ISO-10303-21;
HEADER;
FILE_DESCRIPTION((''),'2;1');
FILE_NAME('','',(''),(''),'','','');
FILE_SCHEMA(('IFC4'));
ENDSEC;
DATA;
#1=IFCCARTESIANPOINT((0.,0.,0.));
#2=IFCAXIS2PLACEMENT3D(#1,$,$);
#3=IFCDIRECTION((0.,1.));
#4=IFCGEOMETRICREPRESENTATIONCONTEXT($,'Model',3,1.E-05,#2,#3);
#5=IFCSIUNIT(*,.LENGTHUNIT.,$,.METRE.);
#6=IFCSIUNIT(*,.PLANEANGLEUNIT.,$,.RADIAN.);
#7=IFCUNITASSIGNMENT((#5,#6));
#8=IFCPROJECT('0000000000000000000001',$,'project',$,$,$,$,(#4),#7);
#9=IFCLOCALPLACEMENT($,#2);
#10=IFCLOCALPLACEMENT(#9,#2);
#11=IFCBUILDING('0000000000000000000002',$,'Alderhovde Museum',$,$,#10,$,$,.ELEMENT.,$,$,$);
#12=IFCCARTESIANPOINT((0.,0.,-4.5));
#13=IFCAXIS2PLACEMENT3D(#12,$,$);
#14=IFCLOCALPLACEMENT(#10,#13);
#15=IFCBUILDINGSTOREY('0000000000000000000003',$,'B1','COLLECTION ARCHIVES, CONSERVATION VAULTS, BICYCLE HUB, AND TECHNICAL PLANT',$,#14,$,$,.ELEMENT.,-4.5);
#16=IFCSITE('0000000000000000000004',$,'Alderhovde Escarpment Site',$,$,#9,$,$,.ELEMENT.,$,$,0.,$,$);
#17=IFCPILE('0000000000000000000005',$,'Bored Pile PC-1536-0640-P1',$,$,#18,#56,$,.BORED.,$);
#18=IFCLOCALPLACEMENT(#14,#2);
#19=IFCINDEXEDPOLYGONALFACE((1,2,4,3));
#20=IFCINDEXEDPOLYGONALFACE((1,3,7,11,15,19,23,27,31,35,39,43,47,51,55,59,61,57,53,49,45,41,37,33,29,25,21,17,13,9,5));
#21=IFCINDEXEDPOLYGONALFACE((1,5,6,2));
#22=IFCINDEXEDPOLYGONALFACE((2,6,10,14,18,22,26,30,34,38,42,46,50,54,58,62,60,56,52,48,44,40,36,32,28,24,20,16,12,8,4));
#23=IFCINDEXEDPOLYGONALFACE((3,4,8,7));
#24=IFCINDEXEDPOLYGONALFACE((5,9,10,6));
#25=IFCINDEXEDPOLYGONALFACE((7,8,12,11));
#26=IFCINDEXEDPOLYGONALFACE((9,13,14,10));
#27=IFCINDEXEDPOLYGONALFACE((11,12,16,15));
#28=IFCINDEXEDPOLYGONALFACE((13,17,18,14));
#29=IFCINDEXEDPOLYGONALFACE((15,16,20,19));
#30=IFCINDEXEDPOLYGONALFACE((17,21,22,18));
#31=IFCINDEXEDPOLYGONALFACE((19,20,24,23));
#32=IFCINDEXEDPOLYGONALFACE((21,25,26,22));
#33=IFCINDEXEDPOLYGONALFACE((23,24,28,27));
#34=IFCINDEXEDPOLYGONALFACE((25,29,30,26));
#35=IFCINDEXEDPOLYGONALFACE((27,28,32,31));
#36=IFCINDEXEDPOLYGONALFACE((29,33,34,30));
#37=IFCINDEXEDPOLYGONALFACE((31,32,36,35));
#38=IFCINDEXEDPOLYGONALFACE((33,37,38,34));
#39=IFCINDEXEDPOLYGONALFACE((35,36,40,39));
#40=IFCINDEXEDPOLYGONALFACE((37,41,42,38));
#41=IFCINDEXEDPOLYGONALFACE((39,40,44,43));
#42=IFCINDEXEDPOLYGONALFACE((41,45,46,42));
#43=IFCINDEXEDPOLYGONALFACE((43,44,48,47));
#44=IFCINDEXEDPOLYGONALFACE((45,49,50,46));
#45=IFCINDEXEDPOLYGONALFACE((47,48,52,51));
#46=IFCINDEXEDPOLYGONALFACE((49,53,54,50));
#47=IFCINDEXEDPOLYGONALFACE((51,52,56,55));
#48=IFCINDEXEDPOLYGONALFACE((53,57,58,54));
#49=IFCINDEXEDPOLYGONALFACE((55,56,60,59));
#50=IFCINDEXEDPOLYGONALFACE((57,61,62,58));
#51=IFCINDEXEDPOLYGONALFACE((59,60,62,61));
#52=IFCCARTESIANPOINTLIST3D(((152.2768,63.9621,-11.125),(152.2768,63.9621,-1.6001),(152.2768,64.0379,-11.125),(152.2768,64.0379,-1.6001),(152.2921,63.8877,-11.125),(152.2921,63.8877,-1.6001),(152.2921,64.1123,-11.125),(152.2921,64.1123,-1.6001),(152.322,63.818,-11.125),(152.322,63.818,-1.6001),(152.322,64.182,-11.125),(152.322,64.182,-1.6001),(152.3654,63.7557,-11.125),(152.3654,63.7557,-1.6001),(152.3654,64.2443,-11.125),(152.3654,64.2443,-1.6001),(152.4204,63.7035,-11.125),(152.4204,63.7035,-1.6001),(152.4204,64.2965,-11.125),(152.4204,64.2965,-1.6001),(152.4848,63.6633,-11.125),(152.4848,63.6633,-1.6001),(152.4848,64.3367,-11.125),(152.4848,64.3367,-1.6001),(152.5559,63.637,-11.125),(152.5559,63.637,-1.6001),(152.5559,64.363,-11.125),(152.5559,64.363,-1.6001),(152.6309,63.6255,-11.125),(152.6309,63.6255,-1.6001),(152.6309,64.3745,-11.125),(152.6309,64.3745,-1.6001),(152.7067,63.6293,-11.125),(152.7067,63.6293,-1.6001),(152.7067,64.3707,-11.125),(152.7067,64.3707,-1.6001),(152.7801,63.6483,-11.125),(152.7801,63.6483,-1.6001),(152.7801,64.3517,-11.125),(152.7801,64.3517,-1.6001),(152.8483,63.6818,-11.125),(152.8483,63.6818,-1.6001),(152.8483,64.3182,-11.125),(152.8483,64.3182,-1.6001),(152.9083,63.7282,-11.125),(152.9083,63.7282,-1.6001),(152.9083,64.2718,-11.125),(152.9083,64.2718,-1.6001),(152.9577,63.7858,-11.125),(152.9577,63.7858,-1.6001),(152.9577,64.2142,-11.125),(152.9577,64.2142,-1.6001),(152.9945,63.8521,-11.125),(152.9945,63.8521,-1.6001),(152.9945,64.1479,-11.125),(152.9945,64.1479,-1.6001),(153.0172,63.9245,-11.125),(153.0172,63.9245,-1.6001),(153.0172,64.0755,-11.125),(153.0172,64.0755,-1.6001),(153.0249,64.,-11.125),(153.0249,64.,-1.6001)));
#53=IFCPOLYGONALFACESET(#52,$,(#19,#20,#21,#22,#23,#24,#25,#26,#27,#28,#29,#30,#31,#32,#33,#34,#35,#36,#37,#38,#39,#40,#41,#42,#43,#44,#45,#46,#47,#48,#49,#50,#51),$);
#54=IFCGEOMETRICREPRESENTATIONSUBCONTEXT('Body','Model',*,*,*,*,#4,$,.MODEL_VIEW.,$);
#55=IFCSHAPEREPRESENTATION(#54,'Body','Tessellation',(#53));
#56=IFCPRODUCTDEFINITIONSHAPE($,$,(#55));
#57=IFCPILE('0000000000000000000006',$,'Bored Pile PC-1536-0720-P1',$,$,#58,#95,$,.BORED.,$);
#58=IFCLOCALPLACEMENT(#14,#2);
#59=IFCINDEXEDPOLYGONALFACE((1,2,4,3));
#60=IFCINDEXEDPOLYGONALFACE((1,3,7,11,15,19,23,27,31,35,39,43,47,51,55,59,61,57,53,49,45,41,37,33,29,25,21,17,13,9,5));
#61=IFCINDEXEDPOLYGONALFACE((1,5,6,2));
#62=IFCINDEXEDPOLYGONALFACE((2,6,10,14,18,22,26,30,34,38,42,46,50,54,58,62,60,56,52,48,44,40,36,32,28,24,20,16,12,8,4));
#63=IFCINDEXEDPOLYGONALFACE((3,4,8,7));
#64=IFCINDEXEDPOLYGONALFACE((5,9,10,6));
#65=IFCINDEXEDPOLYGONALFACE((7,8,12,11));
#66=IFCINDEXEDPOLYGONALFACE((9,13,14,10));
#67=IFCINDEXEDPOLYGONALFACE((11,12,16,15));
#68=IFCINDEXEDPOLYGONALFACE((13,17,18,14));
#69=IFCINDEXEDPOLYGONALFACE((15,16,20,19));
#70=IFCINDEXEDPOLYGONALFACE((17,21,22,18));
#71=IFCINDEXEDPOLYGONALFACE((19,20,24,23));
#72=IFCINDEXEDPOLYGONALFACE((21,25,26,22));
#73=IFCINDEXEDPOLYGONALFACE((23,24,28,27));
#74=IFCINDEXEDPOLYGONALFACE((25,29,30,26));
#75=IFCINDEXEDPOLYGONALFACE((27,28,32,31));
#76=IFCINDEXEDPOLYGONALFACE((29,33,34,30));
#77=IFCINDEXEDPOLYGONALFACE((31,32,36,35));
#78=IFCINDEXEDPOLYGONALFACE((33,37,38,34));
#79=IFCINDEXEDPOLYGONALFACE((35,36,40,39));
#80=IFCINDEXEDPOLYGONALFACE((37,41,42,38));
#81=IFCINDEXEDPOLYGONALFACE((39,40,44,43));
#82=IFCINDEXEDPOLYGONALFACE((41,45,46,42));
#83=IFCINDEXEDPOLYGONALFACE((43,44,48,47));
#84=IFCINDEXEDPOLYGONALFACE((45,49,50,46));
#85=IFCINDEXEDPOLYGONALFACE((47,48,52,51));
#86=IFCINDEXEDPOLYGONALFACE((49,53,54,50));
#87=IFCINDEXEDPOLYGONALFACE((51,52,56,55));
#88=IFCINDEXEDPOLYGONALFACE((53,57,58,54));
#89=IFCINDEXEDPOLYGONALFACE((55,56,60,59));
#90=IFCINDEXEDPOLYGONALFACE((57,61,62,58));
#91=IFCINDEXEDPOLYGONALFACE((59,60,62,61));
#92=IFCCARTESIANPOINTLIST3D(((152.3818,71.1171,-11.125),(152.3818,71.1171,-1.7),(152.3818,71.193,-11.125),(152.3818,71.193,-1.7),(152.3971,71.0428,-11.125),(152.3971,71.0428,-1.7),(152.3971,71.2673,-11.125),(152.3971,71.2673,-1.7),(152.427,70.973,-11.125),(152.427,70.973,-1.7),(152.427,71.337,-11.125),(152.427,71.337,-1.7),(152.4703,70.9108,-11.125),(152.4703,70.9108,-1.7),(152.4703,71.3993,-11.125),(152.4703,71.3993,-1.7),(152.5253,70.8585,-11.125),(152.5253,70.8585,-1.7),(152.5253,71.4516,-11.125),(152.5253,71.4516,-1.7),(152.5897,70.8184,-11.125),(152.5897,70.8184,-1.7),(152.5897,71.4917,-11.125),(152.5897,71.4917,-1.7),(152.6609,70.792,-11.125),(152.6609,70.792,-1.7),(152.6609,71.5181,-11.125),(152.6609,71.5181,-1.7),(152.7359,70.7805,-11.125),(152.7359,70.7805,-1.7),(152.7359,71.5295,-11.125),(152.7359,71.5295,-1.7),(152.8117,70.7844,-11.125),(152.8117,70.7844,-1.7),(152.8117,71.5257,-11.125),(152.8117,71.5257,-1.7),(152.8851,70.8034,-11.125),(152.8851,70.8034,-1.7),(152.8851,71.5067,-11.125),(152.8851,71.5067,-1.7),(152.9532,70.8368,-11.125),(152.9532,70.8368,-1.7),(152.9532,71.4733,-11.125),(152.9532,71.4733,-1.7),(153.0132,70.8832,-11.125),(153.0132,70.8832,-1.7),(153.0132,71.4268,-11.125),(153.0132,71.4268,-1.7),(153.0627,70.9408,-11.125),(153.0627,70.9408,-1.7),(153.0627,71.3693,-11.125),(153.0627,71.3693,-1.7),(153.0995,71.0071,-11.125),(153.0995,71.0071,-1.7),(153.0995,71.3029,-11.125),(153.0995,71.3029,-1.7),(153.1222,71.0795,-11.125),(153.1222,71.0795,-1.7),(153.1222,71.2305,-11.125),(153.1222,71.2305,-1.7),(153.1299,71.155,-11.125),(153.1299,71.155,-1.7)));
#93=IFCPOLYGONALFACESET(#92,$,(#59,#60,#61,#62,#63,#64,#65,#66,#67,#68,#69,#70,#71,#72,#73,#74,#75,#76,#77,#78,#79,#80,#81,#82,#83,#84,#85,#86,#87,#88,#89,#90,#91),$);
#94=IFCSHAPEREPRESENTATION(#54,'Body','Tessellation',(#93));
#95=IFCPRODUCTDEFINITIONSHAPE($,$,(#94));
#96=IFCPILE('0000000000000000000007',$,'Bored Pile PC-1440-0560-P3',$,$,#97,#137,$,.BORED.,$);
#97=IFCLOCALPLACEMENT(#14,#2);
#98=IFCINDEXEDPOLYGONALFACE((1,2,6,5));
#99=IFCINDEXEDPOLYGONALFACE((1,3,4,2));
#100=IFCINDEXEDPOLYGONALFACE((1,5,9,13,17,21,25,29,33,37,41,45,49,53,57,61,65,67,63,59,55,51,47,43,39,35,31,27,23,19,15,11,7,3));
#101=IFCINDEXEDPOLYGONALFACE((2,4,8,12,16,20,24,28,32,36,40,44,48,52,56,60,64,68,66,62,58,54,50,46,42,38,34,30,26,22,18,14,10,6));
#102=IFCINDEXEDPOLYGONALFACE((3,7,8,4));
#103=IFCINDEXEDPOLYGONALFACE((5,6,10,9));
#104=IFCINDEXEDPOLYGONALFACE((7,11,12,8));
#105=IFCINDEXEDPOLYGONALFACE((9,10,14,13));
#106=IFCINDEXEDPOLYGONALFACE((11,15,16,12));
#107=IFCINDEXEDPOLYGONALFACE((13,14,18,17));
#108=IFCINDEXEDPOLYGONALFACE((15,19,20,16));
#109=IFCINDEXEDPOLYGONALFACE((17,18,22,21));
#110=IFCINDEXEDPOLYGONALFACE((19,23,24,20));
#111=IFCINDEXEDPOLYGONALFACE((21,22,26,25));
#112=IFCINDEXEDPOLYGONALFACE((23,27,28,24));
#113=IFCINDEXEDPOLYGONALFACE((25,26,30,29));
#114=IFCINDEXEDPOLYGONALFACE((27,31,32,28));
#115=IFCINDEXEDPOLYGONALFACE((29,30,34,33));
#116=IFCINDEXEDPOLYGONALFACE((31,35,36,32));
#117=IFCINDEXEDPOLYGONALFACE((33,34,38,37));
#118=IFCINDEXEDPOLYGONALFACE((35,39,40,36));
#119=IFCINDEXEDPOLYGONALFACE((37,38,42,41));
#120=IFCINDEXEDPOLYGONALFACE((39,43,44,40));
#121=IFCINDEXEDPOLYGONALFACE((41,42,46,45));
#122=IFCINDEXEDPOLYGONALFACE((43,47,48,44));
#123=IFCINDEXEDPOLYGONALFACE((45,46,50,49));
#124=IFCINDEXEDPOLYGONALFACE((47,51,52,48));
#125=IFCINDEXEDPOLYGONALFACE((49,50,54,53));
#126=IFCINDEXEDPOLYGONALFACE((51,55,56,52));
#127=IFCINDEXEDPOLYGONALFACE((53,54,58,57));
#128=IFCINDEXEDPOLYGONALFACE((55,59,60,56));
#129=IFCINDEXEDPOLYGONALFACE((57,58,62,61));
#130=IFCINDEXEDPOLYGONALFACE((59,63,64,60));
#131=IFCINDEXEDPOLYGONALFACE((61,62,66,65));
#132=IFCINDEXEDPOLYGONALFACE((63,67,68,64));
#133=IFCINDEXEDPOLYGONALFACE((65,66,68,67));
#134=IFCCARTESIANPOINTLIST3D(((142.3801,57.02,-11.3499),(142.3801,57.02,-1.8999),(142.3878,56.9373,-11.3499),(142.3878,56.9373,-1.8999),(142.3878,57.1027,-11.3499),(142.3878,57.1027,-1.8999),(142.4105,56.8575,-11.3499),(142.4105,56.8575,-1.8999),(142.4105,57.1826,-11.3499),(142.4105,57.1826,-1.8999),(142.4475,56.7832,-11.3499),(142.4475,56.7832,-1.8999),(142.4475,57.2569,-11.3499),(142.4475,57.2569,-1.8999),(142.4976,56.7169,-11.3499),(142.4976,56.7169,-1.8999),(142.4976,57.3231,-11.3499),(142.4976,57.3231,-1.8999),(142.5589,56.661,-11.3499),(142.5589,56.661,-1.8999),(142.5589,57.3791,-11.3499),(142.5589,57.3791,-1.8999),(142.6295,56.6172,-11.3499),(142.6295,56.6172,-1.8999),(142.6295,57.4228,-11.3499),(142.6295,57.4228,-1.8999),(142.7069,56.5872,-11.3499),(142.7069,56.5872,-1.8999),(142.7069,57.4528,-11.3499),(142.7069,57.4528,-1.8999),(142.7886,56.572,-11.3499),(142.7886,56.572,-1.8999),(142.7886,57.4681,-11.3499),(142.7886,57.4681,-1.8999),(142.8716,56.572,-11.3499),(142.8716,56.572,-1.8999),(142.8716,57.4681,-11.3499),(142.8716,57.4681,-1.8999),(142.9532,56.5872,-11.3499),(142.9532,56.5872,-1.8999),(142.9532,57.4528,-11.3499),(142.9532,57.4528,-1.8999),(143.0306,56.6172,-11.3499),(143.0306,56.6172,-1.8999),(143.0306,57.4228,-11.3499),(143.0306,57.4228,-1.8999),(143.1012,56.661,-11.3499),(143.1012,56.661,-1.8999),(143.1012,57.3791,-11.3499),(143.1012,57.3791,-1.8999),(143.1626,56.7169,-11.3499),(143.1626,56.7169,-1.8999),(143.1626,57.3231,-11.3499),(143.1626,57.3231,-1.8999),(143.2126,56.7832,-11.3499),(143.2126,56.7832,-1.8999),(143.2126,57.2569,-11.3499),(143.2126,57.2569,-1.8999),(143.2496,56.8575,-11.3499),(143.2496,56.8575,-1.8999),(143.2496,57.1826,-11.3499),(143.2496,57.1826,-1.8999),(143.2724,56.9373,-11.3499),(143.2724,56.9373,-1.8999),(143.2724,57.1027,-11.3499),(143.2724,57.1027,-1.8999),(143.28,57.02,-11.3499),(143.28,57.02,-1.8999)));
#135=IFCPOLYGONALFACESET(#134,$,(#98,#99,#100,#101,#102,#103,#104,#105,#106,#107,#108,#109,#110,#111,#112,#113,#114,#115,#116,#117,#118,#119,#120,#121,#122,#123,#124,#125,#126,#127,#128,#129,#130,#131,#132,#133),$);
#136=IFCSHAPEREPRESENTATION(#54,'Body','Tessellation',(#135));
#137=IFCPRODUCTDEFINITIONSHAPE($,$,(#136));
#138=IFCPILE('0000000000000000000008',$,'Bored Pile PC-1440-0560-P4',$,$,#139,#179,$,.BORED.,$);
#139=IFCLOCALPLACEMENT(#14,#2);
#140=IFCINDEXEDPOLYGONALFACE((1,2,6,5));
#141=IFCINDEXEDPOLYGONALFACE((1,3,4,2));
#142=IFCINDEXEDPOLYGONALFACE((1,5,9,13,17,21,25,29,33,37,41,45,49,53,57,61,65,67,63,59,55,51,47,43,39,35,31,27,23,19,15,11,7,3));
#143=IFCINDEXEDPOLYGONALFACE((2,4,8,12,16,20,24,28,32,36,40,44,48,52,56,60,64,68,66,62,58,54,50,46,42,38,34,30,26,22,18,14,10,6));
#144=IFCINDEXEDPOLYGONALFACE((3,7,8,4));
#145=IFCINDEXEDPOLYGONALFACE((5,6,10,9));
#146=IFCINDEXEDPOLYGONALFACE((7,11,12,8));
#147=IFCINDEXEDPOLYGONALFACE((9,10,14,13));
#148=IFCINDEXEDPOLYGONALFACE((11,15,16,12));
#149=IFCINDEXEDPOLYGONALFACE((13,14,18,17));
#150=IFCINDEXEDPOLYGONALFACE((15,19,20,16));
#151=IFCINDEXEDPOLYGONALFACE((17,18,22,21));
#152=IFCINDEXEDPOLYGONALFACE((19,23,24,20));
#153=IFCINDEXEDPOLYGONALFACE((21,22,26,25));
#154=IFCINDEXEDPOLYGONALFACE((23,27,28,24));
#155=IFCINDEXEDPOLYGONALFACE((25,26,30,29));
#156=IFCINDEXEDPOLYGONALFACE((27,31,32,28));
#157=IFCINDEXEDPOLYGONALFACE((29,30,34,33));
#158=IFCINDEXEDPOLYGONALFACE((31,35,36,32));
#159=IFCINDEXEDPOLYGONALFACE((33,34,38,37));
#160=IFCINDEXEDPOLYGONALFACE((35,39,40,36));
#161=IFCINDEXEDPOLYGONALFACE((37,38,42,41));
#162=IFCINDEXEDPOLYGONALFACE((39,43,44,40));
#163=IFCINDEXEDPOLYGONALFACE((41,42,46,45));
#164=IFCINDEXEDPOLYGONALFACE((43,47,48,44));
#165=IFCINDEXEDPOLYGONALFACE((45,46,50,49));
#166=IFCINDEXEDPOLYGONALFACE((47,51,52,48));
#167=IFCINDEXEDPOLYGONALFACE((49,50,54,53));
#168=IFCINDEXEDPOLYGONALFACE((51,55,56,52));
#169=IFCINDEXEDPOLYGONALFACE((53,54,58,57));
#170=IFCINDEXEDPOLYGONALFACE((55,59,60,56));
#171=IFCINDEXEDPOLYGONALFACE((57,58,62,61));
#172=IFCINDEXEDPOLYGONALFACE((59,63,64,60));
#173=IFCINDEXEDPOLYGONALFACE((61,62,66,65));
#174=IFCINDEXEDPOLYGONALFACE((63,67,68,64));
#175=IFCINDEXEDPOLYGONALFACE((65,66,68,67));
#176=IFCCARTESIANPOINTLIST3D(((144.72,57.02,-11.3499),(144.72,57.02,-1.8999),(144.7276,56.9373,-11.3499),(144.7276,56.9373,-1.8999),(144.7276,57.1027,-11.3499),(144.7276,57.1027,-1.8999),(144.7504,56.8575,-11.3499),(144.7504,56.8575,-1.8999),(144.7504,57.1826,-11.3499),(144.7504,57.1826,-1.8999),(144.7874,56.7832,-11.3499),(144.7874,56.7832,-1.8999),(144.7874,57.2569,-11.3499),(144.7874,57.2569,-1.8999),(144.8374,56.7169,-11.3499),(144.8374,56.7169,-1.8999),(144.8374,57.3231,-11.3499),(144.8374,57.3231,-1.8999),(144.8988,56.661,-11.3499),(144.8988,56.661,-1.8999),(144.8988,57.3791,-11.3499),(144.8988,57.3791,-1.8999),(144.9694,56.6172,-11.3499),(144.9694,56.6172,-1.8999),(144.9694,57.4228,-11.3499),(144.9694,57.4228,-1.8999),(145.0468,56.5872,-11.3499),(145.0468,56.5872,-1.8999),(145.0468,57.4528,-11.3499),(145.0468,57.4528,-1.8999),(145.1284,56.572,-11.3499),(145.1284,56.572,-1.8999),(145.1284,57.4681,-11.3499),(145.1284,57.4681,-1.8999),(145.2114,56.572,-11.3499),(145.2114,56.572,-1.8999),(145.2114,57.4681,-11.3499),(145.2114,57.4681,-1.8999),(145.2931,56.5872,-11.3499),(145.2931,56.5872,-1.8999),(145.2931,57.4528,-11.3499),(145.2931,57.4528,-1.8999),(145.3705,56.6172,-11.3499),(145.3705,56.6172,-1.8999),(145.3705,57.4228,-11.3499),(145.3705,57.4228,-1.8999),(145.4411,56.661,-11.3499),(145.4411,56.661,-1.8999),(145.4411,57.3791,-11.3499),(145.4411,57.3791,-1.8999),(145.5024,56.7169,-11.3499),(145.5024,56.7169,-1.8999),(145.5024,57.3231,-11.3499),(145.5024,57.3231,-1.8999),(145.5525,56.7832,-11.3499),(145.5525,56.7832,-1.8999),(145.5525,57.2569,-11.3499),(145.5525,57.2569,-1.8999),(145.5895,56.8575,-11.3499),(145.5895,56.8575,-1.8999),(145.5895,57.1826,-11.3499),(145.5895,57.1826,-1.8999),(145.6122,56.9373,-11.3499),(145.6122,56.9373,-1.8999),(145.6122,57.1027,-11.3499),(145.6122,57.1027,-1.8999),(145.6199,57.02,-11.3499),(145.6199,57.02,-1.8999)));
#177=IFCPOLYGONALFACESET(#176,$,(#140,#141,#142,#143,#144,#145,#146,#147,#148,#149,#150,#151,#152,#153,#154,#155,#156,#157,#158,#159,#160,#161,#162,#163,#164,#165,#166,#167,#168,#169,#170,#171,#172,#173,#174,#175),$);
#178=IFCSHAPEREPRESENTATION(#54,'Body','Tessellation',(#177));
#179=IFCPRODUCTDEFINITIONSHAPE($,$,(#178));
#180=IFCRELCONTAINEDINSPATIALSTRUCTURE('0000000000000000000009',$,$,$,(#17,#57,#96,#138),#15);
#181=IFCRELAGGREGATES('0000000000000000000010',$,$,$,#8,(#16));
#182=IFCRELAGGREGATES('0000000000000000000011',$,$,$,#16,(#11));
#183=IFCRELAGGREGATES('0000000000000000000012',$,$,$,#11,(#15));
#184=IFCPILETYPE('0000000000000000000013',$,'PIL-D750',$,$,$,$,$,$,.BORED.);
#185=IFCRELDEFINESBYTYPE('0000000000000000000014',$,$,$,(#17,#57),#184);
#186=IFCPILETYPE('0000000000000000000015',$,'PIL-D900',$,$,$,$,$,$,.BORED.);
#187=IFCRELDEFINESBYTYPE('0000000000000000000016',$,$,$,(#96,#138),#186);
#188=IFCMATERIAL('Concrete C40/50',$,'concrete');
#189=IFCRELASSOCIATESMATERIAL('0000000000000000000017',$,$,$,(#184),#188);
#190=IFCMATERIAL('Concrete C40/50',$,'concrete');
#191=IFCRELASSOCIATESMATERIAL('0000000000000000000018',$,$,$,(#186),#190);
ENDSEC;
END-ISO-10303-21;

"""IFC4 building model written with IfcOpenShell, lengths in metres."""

from ifc_helpers import new_model, si_unit, direction, frame, origin, origin_2d, place, context, subcontext, project, spatial, circle, extrude, material, material_profile, profile_set, type_object, element, save


model = new_model("IFC4")

# Units and contexts
model_context = context("Model", 3, precision=1e-05, world=origin(), true_north=direction((0.0, 1.0)))
body_context = subcontext(model_context, "Body", "Model", "MODEL_VIEW")
ifc_project = project(units=[si_unit("LENGTHUNIT", "METRE"), si_unit("PLANEANGLEUNIT", "RADIAN")], contexts=[model_context])

# Site, building, storey
site_placement = place(None, origin())
site = spatial("IfcSite", under=ifc_project, at=site_placement, Name="Alderhovde Escarpment Site", CompositionType="ELEMENT", RefElevation=0.0)
building_placement = place(site_placement, origin())
building = spatial("IfcBuilding", under=site, at=building_placement, Name="Alderhovde Museum", CompositionType="ELEMENT")
storey_placement = place(building_placement, frame((0.0, 0.0, -4.5)))
storey = spatial("IfcBuildingStorey", under=building, at=storey_placement, Name="B1", Description="COLLECTION ARCHIVES, CONSERVATION VAULTS, BICYCLE HUB, AND TECHNICAL PLANT", CompositionType="ELEMENT", Elevation=-4.5)

# Piles
ifc_material_1 = material(Name="Concrete C40/50", Category="concrete")
ifc_material_profile_1 = material_profile(ifc_material_1, circle(Radius=0.375, at=origin_2d()), Name="PILE-D750")
ifc_profile_set_1 = profile_set([ifc_material_profile_1], Name="Concrete C40/50")
pile_type_1 = type_object("IfcPileType", Name="PIL-D750", PredefinedType="BORED", material=ifc_profile_set_1)
pile_1_placement = place(storey_placement, frame((152.6499, 64.0, -1.6001), z_axis=(0.0, 0.0, -1.0), x_axis=(1.0, 0.0, 0.0)))
element("IfcPile", 1, at=pile_1_placement, inside=storey, type_object=pile_type_1, Name="Bored Pile PC-1536-0640-P1", PredefinedType="BORED", context=body_context, shape_type="SweptSolid", body=[
    extrude(circle(Radius=0.375, at=origin_2d()), origin(), (0.0, 0.0, 1.0), 9.5249),
])
pile_2_placement = place(storey_placement, frame((152.7549, 71.155, -1.7), z_axis=(0.0, 0.0, -1.0), x_axis=(1.0, 0.0, 0.0)))
element("IfcPile", 2, at=pile_2_placement, inside=storey, type_object=pile_type_1, Name="Bored Pile PC-1536-0720-P1", PredefinedType="BORED", context=body_context, shape_type="SweptSolid", body=[
    extrude(circle(Radius=0.375, at=origin_2d()), origin(), (0.0, 0.0, 1.0), 9.425),
])
ifc_material_2 = material(Name="Concrete C40/50", Category="concrete")
ifc_material_profile_2 = material_profile(ifc_material_2, circle(Radius=0.45, at=origin_2d()), Name="PILE-D900")
ifc_profile_set_2 = profile_set([ifc_material_profile_2], Name="Concrete C40/50")
pile_type_2 = type_object("IfcPileType", Name="PIL-D900", PredefinedType="BORED", material=ifc_profile_set_2)
for number, where, z_axis, x_axis, name in (
    (3, (142.8301, 57.02, -1.8999), (0.0, 0.0, -1.0), (1.0, 0.0, 0.0), "Bored Pile PC-1440-0560-P3"),
    (4, (145.1699, 57.02, -1.8999), (0.0, 0.0, -1.0), (1.0, 0.0, 0.0), "Bored Pile PC-1440-0560-P4"),
):
    element("IfcPile", number, at=place(storey_placement, frame(where, z_axis=z_axis, x_axis=x_axis)), inside=storey, type_object=pile_type_2, Name=name, PredefinedType="BORED", context=body_context, shape_type="SweptSolid", body=[
        extrude(circle(Radius=0.45, at=origin_2d()), origin(), (0.0, 0.0, 1.0), 9.45),
    ])

save(model, "model.ifc")
